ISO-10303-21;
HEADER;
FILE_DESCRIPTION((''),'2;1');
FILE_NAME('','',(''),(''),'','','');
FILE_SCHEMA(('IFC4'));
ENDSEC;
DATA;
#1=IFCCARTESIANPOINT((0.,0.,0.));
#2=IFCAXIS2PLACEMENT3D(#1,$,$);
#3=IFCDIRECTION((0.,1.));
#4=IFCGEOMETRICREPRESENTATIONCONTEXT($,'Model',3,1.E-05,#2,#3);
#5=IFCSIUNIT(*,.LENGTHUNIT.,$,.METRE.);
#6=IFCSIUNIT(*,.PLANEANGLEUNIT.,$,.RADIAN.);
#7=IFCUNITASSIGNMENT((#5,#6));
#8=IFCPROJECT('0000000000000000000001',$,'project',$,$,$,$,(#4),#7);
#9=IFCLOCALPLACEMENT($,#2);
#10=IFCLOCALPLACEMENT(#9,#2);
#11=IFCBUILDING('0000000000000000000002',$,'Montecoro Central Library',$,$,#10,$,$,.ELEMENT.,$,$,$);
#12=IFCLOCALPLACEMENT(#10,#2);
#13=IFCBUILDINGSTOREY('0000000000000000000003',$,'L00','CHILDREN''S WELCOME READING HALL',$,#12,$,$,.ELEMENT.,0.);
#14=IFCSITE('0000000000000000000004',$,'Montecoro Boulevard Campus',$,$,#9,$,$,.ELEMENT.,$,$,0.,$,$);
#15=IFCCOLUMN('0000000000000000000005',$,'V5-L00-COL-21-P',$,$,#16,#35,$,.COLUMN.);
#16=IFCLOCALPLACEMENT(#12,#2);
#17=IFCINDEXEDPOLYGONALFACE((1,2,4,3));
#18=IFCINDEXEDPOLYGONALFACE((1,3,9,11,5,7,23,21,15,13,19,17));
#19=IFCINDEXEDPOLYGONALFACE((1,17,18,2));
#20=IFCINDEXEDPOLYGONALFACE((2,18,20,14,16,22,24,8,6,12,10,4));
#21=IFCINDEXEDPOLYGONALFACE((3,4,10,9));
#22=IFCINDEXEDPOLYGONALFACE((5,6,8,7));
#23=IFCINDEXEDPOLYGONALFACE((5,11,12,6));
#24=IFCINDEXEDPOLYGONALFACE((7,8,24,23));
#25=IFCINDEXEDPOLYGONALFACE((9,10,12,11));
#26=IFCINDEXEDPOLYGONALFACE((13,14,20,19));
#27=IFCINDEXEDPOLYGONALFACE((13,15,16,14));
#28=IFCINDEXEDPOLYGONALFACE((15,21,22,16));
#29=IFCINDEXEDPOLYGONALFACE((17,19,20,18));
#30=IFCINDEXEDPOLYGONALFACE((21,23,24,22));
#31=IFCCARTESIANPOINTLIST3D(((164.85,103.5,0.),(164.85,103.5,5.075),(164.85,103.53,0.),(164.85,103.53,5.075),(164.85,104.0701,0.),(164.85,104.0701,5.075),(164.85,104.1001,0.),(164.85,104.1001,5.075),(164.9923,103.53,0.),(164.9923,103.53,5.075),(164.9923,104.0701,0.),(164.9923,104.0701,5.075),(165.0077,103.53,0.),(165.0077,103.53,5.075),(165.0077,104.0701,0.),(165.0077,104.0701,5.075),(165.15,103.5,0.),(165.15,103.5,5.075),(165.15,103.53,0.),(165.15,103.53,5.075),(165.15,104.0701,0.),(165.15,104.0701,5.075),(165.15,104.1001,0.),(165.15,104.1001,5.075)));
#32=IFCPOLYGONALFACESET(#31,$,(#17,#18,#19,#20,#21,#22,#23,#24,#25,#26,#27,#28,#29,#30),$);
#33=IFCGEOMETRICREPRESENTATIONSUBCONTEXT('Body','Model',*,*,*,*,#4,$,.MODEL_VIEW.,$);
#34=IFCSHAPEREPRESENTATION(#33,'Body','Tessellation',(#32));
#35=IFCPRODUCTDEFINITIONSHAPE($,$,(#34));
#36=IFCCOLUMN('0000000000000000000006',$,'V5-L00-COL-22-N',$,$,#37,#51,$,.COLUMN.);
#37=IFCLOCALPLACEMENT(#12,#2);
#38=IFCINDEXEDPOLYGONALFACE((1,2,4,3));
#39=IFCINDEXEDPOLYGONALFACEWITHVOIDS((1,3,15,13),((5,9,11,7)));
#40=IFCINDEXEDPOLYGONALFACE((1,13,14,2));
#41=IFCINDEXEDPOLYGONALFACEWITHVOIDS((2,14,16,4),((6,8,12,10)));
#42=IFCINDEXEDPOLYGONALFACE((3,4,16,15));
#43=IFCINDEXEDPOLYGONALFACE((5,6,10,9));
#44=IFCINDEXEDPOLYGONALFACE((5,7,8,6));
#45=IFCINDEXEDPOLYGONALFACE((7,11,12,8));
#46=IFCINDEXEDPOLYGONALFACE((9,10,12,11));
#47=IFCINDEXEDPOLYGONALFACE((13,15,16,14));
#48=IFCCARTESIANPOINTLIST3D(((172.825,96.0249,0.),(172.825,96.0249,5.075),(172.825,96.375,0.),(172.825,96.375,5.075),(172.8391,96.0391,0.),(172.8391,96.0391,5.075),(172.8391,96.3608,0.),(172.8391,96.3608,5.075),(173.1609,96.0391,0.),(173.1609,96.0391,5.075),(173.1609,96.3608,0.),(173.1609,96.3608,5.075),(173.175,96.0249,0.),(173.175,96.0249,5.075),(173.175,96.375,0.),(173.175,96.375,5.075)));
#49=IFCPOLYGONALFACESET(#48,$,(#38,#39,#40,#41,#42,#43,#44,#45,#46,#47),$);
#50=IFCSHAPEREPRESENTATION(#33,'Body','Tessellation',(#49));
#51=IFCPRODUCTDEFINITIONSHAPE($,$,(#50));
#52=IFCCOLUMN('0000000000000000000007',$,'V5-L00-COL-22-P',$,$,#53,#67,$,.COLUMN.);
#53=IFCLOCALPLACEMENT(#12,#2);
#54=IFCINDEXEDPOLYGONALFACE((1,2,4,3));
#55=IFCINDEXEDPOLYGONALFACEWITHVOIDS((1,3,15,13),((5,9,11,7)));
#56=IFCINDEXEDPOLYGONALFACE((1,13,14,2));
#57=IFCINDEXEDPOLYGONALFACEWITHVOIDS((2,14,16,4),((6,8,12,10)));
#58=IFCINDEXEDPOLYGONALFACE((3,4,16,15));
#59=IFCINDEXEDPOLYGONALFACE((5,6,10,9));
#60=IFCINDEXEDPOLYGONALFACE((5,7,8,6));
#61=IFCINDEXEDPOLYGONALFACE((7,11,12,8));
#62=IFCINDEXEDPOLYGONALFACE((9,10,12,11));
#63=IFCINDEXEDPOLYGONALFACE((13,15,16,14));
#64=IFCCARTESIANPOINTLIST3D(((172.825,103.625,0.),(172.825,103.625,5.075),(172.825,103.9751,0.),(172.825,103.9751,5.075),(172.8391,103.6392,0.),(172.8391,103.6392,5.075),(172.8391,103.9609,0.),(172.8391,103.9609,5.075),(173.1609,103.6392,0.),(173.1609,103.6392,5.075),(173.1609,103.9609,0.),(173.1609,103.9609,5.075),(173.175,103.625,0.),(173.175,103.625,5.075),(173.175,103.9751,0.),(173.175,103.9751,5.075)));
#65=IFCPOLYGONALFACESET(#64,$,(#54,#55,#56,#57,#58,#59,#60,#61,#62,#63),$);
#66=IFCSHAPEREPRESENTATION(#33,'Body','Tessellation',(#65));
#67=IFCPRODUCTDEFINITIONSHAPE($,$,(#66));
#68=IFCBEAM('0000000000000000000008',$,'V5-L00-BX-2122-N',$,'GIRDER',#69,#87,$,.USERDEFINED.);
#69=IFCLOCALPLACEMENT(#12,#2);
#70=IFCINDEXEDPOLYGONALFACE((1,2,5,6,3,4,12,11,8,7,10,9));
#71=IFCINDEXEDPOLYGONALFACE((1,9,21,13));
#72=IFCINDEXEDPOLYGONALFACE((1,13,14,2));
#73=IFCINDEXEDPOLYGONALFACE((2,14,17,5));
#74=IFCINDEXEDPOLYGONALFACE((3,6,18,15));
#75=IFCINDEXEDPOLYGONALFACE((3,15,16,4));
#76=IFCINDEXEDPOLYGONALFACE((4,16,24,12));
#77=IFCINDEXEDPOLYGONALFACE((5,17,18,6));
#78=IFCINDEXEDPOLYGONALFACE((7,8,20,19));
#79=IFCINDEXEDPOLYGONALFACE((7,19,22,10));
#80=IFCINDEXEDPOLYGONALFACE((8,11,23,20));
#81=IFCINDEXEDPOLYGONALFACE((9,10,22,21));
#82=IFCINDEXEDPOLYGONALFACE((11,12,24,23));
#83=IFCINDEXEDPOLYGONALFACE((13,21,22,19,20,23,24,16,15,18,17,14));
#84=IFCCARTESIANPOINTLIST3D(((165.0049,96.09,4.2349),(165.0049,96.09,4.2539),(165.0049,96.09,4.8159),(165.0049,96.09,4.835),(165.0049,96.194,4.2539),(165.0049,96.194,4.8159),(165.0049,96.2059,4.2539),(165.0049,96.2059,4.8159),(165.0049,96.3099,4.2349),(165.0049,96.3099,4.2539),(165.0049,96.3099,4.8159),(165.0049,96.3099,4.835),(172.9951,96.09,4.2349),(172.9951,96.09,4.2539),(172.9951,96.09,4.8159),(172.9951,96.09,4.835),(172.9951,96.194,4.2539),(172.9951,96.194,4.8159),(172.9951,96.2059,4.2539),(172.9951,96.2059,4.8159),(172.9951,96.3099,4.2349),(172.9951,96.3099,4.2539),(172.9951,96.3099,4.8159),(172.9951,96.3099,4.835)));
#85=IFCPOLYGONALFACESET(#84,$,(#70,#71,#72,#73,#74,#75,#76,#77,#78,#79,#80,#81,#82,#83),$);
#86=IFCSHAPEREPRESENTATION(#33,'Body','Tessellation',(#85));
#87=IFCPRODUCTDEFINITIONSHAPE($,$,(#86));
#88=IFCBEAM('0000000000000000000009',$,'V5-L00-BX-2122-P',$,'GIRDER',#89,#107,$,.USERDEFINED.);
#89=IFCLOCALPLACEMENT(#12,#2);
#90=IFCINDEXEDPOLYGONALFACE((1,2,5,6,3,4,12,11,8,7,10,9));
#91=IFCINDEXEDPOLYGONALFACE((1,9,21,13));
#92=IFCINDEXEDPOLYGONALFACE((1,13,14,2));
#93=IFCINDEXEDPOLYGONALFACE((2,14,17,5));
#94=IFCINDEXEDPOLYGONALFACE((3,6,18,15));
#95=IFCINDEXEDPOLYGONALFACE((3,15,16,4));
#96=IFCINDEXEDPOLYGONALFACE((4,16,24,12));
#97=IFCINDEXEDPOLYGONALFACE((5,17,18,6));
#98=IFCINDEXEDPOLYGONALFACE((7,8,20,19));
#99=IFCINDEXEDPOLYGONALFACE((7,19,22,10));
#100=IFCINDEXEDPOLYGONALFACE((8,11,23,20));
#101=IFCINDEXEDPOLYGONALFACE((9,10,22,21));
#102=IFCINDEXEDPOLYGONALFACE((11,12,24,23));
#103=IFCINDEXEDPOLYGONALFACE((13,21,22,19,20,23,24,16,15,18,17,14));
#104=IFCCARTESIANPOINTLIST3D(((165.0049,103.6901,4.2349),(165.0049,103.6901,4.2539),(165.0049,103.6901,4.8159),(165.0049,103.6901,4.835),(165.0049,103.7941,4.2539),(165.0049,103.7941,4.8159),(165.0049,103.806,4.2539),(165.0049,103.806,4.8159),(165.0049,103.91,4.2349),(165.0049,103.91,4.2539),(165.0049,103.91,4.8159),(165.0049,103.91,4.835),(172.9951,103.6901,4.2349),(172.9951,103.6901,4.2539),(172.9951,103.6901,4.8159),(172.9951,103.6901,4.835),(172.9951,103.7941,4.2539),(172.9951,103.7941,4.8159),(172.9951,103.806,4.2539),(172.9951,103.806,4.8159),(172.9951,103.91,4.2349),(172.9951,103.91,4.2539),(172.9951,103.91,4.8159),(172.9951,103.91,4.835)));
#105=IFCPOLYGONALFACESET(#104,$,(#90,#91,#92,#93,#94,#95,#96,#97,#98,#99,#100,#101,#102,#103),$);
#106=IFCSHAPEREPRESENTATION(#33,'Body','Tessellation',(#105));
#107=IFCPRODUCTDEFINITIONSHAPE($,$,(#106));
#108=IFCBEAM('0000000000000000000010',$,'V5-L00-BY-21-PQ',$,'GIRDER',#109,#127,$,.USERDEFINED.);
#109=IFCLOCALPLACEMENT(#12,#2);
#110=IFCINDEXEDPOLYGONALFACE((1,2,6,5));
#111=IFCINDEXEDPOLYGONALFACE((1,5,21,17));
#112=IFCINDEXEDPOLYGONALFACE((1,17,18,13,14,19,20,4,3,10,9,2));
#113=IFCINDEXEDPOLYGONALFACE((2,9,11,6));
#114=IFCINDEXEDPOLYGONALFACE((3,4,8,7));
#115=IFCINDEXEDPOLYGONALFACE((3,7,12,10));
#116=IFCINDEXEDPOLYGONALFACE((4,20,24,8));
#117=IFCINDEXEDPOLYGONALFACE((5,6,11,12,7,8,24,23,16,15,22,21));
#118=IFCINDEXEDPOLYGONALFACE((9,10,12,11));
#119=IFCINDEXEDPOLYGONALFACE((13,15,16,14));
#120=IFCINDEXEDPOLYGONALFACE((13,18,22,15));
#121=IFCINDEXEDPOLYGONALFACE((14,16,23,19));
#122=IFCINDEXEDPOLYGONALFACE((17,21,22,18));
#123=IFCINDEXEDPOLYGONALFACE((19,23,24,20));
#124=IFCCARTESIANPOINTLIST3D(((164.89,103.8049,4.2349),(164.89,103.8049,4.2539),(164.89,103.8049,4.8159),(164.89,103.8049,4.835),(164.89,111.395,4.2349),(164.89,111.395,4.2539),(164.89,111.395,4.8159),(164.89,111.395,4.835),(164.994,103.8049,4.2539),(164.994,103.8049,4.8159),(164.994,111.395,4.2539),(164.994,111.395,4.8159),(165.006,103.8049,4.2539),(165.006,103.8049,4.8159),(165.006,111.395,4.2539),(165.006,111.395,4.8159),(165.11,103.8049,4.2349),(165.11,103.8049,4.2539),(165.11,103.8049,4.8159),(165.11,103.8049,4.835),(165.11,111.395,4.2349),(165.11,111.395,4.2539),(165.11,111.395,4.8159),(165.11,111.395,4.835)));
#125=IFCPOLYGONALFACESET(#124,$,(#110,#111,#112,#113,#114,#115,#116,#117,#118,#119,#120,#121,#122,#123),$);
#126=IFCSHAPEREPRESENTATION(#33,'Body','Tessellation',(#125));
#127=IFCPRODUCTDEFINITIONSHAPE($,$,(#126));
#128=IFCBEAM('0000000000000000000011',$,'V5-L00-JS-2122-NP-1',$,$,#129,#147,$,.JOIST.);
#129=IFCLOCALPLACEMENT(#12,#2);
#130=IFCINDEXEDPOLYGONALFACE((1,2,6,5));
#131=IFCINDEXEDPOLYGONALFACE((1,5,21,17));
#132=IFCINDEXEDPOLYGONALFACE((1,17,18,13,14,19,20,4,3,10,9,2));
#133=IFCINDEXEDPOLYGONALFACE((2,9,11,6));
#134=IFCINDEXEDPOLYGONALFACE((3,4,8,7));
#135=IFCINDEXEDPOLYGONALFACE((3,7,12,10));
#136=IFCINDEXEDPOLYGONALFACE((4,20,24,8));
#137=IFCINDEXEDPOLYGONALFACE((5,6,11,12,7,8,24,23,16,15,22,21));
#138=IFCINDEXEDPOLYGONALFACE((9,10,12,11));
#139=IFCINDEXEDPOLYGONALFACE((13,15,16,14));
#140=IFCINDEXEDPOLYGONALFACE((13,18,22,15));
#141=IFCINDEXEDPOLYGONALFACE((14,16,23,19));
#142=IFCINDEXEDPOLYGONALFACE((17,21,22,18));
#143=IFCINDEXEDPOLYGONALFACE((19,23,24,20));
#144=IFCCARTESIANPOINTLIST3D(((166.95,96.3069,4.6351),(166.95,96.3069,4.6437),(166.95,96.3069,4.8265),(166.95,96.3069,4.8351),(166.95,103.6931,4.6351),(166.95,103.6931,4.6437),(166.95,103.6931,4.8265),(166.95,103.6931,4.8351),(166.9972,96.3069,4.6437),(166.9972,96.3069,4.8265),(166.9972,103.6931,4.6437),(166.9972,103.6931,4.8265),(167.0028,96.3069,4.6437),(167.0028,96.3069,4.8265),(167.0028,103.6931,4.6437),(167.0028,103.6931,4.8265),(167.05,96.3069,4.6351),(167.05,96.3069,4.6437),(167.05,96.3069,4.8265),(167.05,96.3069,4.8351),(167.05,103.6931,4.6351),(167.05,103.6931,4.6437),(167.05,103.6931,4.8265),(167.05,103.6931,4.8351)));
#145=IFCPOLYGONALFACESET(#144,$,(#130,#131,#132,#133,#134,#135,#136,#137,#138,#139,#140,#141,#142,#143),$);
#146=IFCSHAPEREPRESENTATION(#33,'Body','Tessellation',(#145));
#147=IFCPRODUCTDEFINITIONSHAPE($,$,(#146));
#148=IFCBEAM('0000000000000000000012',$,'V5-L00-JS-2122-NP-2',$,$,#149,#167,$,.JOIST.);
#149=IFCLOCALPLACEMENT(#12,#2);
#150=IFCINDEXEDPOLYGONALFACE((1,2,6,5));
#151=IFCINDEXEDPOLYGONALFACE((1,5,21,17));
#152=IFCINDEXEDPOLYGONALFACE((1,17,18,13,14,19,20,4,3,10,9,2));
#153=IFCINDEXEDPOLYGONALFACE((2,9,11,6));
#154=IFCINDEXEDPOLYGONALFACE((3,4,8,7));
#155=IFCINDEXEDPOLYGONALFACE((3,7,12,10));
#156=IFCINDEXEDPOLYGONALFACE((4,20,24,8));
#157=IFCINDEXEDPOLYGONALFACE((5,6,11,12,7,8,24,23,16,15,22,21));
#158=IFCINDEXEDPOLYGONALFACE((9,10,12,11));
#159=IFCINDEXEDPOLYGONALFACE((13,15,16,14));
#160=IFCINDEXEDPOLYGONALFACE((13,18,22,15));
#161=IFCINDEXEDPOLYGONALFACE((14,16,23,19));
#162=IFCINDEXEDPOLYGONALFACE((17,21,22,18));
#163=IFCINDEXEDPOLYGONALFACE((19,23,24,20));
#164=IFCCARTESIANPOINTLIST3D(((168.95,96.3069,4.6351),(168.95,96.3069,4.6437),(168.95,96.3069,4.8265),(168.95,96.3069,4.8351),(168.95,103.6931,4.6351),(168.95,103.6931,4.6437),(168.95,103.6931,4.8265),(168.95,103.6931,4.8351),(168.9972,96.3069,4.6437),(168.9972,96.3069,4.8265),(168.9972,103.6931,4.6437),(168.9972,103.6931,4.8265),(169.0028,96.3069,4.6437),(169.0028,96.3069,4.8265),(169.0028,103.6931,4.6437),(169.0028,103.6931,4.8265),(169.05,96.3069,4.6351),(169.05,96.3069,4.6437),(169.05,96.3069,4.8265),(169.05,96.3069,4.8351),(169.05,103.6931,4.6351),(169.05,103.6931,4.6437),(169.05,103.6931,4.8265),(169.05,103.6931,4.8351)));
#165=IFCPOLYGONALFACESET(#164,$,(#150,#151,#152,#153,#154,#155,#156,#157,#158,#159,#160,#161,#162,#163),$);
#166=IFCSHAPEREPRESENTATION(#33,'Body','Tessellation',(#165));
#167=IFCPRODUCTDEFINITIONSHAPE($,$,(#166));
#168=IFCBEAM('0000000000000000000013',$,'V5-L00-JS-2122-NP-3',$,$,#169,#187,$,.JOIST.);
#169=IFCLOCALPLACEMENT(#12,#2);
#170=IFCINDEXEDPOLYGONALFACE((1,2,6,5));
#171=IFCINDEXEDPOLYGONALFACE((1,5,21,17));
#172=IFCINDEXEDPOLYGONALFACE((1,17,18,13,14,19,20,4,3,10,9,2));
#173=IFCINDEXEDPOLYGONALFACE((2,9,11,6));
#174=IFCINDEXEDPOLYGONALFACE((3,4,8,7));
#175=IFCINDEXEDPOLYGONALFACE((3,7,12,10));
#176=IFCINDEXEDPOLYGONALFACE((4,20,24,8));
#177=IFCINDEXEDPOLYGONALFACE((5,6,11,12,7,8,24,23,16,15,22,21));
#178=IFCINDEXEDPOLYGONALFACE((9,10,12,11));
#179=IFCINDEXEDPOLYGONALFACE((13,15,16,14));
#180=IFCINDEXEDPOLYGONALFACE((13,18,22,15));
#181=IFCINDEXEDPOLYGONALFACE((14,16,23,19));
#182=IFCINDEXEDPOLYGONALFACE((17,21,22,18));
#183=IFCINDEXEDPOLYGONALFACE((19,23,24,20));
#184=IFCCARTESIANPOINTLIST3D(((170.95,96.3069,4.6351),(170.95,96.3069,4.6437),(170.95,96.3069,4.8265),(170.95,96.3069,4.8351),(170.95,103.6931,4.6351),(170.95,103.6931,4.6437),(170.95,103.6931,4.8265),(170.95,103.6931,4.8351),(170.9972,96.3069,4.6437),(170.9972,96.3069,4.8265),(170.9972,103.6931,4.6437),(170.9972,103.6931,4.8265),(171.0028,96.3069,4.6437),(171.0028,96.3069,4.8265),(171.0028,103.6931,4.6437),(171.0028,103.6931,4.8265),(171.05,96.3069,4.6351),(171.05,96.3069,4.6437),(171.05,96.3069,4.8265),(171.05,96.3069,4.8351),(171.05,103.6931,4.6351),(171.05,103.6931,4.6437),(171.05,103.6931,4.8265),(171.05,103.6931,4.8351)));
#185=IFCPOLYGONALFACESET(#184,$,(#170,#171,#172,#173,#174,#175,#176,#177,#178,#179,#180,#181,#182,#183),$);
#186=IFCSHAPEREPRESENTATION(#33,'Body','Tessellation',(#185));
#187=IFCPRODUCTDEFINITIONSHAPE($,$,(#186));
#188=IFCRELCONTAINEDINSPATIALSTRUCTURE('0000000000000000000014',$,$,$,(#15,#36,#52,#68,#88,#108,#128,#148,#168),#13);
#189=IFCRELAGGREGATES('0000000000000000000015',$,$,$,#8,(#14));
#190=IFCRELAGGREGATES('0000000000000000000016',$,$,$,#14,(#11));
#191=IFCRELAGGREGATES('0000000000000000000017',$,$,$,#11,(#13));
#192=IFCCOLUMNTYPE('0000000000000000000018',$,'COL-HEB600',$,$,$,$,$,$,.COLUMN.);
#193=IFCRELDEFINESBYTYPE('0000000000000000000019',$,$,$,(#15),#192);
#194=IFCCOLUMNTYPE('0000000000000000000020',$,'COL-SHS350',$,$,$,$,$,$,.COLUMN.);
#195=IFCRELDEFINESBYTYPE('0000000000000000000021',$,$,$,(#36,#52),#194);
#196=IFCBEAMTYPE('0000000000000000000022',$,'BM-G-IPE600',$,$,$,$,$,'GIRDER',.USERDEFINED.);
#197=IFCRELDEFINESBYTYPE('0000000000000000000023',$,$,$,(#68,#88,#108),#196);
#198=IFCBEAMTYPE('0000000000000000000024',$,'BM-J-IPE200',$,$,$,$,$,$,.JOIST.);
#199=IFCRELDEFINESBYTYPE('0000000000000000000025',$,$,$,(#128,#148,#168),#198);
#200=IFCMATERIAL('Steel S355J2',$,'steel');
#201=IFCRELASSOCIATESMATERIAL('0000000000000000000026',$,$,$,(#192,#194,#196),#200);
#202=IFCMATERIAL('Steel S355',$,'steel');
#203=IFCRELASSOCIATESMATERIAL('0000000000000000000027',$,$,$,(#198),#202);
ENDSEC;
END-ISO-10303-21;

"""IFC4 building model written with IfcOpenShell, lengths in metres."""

from ifc_helpers import new_model, si_unit, direction, frame, origin, origin_2d, place, context, subcontext, project, spatial, hollow_rectangle, i_section, extrude, material, material_profile, profile_set, type_object, element, save


model = new_model("IFC4")

# Units and contexts
model_context = context("Model", 3, precision=1e-05, world=origin(), true_north=direction((0.0, 1.0)))
body_context = subcontext(model_context, "Body", "Model", "MODEL_VIEW")
ifc_project = project(units=[si_unit("LENGTHUNIT", "METRE"), si_unit("PLANEANGLEUNIT", "RADIAN")], contexts=[model_context])

# Site, building, storey
site_placement = place(None, origin())
site = spatial("IfcSite", under=ifc_project, at=site_placement, Name="Montecoro Boulevard Campus", CompositionType="ELEMENT", RefElevation=0.0)
building_placement = place(site_placement, origin())
building = spatial("IfcBuilding", under=site, at=building_placement, Name="Montecoro Central Library", CompositionType="ELEMENT")
storey_placement = place(building_placement, origin())
storey = spatial("IfcBuildingStorey", under=building, at=storey_placement, Name="L00", Description="CHILDREN'S WELCOME READING HALL", CompositionType="ELEMENT", Elevation=0.0)

# Columns
ifc_material_1 = material(Name="Steel S355J2", Category="steel")
ifc_material_profile_1 = material_profile(ifc_material_1, i_section(OverallWidth=0.3, OverallDepth=0.6001, WebThickness=0.0154, FlangeThickness=0.03, at=origin_2d()), Name="HEB 600")
ifc_profile_set_1 = profile_set([ifc_material_profile_1], Name="Steel S355J2")
column_type_1 = type_object("IfcColumnType", Name="COL-HEB600", PredefinedType="COLUMN", material=ifc_profile_set_1)
column_placement = place(storey_placement, frame((165.0, 103.8, 0.0), z_axis=(0.0, 0.0, 1.0), x_axis=(1.0, 0.0, 0.0)))
element("IfcColumn", 1, at=column_placement, inside=storey, type_object=column_type_1, Name="V5-L00-COL-21-P", PredefinedType="COLUMN", context=body_context, shape_type="SweptSolid", body=[
    extrude(i_section(OverallWidth=0.3, OverallDepth=0.6001, WebThickness=0.0154, FlangeThickness=0.03, at=origin_2d()), origin(), (0.0, 0.0, 1.0), 5.075),
])
ifc_material_profile_2 = material_profile(ifc_material_1, hollow_rectangle(XDim=0.3501, YDim=0.3501, WallThickness=0.0142, at=origin_2d()), Name="SHS 350x350x14.2")
ifc_profile_set_2 = profile_set([ifc_material_profile_2], Name="Steel S355J2")
column_type_2 = type_object("IfcColumnType", Name="COL-SHS350", PredefinedType="COLUMN", material=ifc_profile_set_2)
for number, where, z_axis, x_axis, name in (
    (2, (173.0, 96.2, 0.0), (0.0, 0.0, 1.0), (1.0, 0.0, 0.0), "V5-L00-COL-22-N"),
    (3, (173.0, 103.8, 0.0), (0.0, 0.0, 1.0), (1.0, 0.0, 0.0), "V5-L00-COL-22-P"),
):
    element("IfcColumn", number, at=place(storey_placement, frame(where, z_axis=z_axis, x_axis=x_axis)), inside=storey, type_object=column_type_2, Name=name, PredefinedType="COLUMN", context=body_context, shape_type="SweptSolid", body=[
        extrude(hollow_rectangle(XDim=0.3501, YDim=0.3501, WallThickness=0.0142, at=origin_2d()), origin(), (0.0, 0.0, 1.0), 5.075),
    ])

# Beams
ifc_material_profile_3 = material_profile(ifc_material_1, i_section(OverallWidth=0.22, OverallDepth=0.6001, WebThickness=0.012, FlangeThickness=0.019, at=origin_2d()), Name="IPE 600")
ifc_profile_set_3 = profile_set([ifc_material_profile_3], Name="Steel S355J2")
beam_type_1 = type_object("IfcBeamType", Name="BM-G-IPE600", ElementType="GIRDER", PredefinedType="USERDEFINED", material=ifc_profile_set_3)
for number, where, z_axis, x_axis, name in (
    (4, (165.0049, 96.2, 4.5349), (1.0, 0.0, 0.0), (0.0, 1.0, 0.0), "V5-L00-BX-2122-N"),
    (5, (165.0049, 103.8, 4.5349), (1.0, 0.0, 0.0), (0.0, 1.0, 0.0), "V5-L00-BX-2122-P"),
):
    element("IfcBeam", number, at=place(storey_placement, frame(where, z_axis=z_axis, x_axis=x_axis)), inside=storey, type_object=beam_type_1, Name=name, ObjectType="GIRDER", PredefinedType="USERDEFINED", context=body_context, shape_type="SweptSolid", body=[
        extrude(i_section(OverallWidth=0.22, OverallDepth=0.6001, WebThickness=0.012, FlangeThickness=0.019, at=origin_2d()), origin(), (0.0, 0.0, 1.0), 7.9902),
    ])
beam_1_placement = place(storey_placement, frame((165.0, 103.8049, 4.5349), z_axis=(0.0, 1.0, 0.0), x_axis=(-1.0, 0.0, 0.0)))
element("IfcBeam", 6, at=beam_1_placement, inside=storey, type_object=beam_type_1, Name="V5-L00-BY-21-PQ", ObjectType="GIRDER", PredefinedType="USERDEFINED", context=body_context, shape_type="SweptSolid", body=[
    extrude(i_section(OverallWidth=0.22, OverallDepth=0.6001, WebThickness=0.012, FlangeThickness=0.019, at=origin_2d()), origin(), (0.0, 0.0, 1.0), 7.5901),
])
ifc_material_2 = material(Name="Steel S355", Category="steel")
ifc_material_profile_4 = material_profile(ifc_material_2, i_section(OverallWidth=0.1001, OverallDepth=0.2, WebThickness=0.0056, FlangeThickness=0.0085, at=origin_2d()), Name="IPE 200")
ifc_profile_set_4 = profile_set([ifc_material_profile_4], Name="Steel S355")
beam_type_2 = type_object("IfcBeamType", Name="BM-J-IPE200", PredefinedType="JOIST", material=ifc_profile_set_4)
for number, where, z_axis, x_axis, name in (
    (7, (167.0, 96.3069, 4.7351), (0.0, 1.0, 0.0), (-1.0, 0.0, 0.0), "V5-L00-JS-2122-NP-1"),
    (8, (169.0, 96.3069, 4.7351), (0.0, 1.0, 0.0), (-1.0, 0.0, 0.0), "V5-L00-JS-2122-NP-2"),
    (9, (171.0, 96.3069, 4.7351), (0.0, 1.0, 0.0), (-1.0, 0.0, 0.0), "V5-L00-JS-2122-NP-3"),
):
    element("IfcBeam", number, at=place(storey_placement, frame(where, z_axis=z_axis, x_axis=x_axis)), inside=storey, type_object=beam_type_2, Name=name, PredefinedType="JOIST", context=body_context, shape_type="SweptSolid", body=[
        extrude(i_section(OverallWidth=0.1001, OverallDepth=0.2, WebThickness=0.0056, FlangeThickness=0.0085, at=origin_2d()), origin(), (0.0, 0.0, 1.0), 7.3862),
    ])

save(model, "model.ifc")
